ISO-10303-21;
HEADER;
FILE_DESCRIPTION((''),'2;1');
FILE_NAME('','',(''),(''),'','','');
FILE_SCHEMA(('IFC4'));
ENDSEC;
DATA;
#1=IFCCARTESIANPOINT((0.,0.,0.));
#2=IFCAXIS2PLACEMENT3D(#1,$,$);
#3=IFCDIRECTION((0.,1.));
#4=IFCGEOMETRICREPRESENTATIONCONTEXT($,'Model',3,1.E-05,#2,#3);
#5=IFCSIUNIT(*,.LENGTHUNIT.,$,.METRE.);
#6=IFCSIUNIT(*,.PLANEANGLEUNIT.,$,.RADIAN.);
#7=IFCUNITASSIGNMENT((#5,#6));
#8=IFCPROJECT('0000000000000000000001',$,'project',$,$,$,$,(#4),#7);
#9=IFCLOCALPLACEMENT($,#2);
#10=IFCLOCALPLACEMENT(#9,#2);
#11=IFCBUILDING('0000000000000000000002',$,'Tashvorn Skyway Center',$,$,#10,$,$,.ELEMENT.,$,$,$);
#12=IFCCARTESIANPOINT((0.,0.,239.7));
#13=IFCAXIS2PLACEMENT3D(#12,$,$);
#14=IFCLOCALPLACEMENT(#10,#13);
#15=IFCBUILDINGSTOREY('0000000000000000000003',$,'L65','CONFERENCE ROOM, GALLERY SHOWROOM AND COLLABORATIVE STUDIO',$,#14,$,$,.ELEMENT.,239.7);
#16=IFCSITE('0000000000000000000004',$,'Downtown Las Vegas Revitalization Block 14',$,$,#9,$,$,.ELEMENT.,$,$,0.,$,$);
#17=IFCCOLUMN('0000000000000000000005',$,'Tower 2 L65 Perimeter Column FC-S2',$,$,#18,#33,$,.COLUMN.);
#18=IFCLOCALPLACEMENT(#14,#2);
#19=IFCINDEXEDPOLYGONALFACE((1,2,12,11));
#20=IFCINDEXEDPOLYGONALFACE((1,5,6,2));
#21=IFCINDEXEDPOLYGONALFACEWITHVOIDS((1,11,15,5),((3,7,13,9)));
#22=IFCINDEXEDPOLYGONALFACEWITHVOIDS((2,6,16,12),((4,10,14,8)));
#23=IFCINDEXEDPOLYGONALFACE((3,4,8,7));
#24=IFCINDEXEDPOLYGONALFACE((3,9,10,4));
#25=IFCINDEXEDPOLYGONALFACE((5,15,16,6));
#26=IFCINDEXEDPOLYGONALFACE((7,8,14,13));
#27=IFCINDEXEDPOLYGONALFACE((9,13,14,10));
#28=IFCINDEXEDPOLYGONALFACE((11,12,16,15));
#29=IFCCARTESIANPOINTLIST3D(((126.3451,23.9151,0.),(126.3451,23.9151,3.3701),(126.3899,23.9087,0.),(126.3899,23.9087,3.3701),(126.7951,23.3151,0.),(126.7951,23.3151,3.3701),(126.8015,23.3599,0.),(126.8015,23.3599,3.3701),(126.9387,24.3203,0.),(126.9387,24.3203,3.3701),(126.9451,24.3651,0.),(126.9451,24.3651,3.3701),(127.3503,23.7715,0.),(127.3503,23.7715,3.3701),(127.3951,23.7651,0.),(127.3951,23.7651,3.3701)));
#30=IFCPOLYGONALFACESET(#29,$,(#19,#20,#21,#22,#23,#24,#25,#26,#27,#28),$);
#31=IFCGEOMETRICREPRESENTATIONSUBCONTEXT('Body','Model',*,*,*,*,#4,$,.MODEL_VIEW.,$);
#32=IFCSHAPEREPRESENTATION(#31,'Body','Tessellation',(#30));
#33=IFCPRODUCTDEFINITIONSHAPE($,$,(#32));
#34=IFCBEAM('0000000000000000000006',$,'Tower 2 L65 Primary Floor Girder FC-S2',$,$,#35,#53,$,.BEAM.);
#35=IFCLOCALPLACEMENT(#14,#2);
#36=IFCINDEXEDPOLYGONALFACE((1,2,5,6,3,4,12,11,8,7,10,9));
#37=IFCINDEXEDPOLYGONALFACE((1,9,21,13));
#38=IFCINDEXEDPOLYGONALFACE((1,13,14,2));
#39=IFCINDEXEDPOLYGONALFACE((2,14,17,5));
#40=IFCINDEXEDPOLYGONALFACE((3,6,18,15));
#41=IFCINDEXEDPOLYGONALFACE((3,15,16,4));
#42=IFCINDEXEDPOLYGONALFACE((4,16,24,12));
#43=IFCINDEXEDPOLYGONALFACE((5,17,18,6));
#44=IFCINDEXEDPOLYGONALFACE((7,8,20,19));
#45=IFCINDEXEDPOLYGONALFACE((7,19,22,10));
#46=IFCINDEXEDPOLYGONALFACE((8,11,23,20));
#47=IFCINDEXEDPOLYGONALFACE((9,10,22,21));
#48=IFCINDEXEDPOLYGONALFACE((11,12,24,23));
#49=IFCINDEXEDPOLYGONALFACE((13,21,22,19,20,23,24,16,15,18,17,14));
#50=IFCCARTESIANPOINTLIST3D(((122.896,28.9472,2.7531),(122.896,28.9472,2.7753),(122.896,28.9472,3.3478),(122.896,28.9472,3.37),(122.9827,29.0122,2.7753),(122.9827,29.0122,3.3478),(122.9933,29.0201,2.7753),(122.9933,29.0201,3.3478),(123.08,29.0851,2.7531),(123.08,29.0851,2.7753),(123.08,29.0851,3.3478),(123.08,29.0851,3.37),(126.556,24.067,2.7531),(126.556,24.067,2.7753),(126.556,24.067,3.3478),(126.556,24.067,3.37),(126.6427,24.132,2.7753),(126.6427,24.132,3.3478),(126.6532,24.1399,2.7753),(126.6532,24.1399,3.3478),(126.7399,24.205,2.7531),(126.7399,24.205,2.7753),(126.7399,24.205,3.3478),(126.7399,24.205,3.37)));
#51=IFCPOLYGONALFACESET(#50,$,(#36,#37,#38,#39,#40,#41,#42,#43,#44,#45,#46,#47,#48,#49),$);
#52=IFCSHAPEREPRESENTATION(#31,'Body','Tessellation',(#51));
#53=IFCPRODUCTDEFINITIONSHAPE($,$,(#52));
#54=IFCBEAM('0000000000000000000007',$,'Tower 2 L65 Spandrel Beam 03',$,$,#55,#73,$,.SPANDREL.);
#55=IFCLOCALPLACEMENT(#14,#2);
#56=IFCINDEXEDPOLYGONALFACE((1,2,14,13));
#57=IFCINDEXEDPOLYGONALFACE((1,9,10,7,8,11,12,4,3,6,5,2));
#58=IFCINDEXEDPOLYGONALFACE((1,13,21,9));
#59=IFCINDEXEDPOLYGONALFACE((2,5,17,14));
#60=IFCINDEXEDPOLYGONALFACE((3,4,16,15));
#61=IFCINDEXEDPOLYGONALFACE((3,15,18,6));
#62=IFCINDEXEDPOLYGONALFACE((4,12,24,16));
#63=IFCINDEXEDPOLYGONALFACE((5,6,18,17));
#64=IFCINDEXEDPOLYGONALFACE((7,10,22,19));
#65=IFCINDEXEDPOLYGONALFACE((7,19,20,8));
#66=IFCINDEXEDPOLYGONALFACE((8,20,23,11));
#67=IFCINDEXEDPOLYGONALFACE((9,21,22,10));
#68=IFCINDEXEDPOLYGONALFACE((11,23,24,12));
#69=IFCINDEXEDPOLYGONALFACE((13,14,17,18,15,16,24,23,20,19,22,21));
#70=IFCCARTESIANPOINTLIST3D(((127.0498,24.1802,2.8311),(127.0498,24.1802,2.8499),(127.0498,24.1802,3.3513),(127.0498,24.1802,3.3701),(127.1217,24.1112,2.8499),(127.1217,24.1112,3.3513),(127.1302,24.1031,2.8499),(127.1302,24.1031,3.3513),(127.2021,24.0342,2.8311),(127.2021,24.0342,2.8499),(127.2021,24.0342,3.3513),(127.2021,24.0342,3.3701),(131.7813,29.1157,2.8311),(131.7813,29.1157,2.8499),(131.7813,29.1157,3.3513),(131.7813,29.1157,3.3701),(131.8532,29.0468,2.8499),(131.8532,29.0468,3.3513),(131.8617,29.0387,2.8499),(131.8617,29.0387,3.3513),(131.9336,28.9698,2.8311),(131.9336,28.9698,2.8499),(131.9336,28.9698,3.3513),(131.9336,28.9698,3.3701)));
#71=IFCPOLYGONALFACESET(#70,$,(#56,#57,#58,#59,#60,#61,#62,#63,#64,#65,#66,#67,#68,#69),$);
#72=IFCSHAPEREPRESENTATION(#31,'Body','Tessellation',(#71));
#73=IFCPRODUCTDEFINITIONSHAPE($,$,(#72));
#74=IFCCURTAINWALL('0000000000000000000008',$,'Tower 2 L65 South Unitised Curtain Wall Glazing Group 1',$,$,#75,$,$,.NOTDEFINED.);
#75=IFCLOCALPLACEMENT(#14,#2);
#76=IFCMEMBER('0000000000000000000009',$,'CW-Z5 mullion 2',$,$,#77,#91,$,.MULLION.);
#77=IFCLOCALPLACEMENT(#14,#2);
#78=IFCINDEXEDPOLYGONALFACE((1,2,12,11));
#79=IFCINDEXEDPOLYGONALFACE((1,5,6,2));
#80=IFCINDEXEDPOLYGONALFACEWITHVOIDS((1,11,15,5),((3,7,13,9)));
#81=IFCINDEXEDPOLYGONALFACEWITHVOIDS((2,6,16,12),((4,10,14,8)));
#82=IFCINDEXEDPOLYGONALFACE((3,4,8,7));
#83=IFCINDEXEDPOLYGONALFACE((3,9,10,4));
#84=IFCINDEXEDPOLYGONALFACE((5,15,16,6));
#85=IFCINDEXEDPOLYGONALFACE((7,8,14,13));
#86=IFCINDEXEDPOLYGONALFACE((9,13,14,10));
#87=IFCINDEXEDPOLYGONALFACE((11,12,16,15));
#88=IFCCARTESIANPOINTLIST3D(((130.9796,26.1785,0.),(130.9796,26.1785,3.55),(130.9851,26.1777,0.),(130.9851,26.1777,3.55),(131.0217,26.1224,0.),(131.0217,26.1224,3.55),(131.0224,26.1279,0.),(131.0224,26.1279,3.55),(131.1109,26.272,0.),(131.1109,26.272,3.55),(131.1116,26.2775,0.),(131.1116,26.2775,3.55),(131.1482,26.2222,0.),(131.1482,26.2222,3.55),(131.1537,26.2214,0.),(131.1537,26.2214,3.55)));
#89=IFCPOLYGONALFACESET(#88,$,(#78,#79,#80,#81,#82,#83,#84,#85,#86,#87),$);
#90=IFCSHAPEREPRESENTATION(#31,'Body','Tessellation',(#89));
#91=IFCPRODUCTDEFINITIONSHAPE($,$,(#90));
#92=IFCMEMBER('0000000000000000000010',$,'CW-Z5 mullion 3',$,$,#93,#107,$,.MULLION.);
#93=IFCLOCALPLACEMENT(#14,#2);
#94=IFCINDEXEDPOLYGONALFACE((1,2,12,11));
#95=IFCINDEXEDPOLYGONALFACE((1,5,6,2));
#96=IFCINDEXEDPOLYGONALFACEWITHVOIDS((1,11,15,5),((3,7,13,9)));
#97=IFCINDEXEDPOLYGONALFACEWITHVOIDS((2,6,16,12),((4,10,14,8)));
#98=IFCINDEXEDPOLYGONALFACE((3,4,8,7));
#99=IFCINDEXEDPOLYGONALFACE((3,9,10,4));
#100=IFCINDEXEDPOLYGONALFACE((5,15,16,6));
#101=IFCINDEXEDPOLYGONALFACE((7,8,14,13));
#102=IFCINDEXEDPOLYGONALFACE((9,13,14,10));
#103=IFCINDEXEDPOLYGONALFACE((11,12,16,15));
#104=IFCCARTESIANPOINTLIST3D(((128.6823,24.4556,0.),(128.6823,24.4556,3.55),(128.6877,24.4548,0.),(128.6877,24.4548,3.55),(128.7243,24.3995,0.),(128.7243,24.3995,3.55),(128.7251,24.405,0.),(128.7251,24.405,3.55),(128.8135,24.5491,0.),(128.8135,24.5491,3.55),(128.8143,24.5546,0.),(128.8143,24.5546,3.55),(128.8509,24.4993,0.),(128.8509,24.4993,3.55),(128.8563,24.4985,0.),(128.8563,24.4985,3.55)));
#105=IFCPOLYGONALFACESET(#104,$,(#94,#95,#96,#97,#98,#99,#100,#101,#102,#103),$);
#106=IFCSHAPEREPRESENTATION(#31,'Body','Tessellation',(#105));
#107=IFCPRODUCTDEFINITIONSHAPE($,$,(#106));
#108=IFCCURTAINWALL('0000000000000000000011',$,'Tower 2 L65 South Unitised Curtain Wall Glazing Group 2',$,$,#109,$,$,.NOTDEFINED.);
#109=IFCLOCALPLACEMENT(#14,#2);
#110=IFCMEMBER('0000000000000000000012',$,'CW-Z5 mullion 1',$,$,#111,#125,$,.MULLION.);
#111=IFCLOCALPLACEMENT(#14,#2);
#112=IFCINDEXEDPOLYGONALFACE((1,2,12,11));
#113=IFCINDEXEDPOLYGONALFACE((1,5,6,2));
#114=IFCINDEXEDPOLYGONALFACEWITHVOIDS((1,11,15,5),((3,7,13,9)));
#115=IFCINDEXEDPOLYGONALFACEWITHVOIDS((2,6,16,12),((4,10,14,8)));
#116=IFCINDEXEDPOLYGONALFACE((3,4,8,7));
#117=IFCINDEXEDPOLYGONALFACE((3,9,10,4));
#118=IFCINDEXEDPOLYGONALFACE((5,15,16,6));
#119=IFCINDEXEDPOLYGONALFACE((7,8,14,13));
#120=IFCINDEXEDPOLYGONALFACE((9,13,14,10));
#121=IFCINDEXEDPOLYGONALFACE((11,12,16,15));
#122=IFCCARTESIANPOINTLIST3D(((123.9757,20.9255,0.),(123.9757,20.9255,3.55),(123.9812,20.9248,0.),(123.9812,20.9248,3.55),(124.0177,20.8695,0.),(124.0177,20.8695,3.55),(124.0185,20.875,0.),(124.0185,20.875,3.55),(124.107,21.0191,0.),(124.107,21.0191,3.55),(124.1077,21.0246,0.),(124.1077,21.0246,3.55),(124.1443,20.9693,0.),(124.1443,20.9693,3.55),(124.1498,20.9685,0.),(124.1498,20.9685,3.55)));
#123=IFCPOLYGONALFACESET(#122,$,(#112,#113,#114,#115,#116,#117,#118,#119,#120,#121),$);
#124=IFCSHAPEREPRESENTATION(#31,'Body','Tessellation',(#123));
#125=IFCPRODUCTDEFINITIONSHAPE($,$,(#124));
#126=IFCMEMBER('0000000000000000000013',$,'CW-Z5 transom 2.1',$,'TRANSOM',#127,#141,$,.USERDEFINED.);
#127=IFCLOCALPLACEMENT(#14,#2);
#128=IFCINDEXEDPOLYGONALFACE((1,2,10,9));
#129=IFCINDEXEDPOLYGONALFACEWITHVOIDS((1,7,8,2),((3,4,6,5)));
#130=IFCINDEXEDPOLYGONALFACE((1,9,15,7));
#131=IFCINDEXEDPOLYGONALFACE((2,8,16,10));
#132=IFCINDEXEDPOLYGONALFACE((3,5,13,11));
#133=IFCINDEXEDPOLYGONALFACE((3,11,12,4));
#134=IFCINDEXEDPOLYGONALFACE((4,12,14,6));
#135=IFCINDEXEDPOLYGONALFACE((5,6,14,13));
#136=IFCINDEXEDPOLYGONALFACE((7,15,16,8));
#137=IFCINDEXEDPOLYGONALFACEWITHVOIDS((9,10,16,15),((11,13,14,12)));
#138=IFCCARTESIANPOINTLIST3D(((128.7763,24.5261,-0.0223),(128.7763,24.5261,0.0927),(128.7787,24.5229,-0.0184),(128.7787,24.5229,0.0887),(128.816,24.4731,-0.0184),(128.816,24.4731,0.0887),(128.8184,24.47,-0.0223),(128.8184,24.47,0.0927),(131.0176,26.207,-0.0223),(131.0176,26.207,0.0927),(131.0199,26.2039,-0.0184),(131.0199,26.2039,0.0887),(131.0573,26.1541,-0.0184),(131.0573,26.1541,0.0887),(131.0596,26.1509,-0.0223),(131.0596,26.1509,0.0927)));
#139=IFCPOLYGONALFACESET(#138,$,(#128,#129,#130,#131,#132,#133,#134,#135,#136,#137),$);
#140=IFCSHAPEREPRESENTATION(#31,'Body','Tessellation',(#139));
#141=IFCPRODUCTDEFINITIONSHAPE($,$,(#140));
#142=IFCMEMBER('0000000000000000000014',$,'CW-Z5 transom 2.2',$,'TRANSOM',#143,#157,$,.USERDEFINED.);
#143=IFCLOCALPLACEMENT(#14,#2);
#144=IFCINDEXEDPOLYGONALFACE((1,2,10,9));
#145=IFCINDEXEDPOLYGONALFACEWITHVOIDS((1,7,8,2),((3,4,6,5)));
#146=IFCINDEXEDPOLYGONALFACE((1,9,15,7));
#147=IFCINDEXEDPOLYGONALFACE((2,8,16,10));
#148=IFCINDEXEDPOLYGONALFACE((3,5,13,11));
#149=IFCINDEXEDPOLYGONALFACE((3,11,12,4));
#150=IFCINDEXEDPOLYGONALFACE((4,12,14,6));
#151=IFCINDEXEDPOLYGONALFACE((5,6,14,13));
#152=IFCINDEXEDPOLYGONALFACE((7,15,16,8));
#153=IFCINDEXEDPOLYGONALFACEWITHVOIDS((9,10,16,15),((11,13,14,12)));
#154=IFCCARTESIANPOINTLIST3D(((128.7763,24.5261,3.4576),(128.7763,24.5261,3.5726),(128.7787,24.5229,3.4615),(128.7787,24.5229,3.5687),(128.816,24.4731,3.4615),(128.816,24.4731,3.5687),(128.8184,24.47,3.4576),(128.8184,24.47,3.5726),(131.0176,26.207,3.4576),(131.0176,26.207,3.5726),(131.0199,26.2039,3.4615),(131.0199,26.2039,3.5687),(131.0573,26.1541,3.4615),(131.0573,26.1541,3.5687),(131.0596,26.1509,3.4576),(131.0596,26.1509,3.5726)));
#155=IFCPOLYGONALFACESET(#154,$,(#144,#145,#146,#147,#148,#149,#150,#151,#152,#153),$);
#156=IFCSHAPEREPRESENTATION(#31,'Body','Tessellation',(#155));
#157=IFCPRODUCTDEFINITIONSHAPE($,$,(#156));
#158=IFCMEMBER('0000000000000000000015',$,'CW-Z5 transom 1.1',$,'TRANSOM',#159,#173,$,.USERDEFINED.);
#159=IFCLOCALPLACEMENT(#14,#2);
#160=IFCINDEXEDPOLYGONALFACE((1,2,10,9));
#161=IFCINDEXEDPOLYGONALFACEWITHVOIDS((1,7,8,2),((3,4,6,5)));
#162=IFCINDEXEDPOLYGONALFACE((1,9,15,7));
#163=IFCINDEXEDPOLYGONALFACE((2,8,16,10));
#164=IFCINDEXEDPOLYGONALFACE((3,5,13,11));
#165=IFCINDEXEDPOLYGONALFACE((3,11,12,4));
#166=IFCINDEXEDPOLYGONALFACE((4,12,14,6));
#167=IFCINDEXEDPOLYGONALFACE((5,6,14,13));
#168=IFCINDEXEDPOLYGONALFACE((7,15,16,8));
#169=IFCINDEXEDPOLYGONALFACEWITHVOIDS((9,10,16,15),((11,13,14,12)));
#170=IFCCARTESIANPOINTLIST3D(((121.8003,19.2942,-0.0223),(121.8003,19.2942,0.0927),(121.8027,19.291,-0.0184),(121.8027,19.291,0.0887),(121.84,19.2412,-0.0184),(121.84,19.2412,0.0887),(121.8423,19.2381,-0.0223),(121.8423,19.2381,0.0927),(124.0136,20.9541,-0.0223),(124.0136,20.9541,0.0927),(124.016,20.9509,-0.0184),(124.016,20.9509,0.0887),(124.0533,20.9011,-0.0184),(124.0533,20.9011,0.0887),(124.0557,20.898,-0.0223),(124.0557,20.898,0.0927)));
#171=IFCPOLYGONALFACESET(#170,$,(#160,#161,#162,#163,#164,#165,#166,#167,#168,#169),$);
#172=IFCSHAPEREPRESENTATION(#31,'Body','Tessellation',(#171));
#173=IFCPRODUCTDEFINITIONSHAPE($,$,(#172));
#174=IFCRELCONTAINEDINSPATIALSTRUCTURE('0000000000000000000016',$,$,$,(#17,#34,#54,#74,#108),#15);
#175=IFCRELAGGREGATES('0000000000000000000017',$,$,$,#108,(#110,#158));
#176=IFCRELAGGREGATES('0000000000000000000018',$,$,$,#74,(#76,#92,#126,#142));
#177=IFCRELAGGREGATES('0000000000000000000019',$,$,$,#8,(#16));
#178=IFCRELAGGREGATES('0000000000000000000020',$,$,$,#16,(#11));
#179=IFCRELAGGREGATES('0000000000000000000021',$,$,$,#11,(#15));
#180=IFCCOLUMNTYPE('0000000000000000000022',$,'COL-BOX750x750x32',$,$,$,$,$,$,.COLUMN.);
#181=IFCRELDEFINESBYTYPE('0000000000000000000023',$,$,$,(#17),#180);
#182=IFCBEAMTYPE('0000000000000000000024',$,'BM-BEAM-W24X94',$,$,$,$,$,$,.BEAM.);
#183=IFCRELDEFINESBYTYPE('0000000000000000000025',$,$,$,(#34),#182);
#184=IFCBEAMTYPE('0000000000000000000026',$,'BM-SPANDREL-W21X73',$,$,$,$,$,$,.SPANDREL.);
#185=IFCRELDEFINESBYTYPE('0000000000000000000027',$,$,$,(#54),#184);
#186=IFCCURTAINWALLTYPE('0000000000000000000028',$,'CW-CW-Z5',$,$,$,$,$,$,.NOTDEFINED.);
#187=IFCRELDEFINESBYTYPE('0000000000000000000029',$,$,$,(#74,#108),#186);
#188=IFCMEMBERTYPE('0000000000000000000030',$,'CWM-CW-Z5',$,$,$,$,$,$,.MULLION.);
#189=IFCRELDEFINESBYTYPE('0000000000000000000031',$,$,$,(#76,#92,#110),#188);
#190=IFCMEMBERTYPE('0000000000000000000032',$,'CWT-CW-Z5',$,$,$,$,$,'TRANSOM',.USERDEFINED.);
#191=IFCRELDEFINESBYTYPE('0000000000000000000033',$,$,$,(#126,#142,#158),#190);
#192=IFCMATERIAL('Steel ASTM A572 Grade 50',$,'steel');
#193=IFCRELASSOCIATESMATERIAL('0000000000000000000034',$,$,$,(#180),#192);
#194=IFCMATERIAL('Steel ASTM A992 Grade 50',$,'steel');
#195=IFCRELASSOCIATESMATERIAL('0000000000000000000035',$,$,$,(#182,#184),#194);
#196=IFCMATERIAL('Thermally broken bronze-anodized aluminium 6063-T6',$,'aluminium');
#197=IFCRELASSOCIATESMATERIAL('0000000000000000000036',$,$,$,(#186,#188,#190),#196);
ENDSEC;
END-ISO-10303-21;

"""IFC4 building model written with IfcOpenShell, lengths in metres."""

from ifc_helpers import new_model, si_unit, direction, frame, origin, origin_2d, place, context, subcontext, project, spatial, hollow_rectangle, i_section, extrude, material, material_profile, profile_set, type_object, element, aggregate, save


model = new_model("IFC4")

# Units and contexts
model_context = context("Model", 3, precision=1e-05, world=origin(), true_north=direction((0.0, 1.0)))
body_context = subcontext(model_context, "Body", "Model", "MODEL_VIEW")
ifc_project = project(units=[si_unit("LENGTHUNIT", "METRE"), si_unit("PLANEANGLEUNIT", "RADIAN")], contexts=[model_context])

# Site, building, storey
site_placement = place(None, origin())
site = spatial("IfcSite", under=ifc_project, at=site_placement, Name="Downtown Las Vegas Revitalization Block 14", CompositionType="ELEMENT", RefElevation=0.0)
building_placement = place(site_placement, origin())
building = spatial("IfcBuilding", under=site, at=building_placement, Name="Tashvorn Skyway Center", CompositionType="ELEMENT")
storey_placement = place(building_placement, frame((0.0, 0.0, 239.7)))
storey = spatial("IfcBuildingStorey", under=building, at=storey_placement, Name="L65", Description="CONFERENCE ROOM, GALLERY SHOWROOM AND COLLABORATIVE STUDIO", CompositionType="ELEMENT", Elevation=239.7)

# Column
ifc_material_1 = material(Name="Steel ASTM A572 Grade 50", Category="steel")
ifc_material_profile_1 = material_profile(ifc_material_1, hollow_rectangle(XDim=0.75, YDim=0.75, WallThickness=0.032, at=origin_2d()), Name="BOX750x750x32")
ifc_profile_set_1 = profile_set([ifc_material_profile_1], Name="Steel ASTM A572 Grade 50")
column_type = type_object("IfcColumnType", Name="COL-BOX750x750x32", PredefinedType="COLUMN", material=ifc_profile_set_1)
column_placement = place(storey_placement, frame((126.8701, 23.8401, 0.0), z_axis=(0.0, 0.0, 1.0), x_axis=(0.8, 0.6, 0.0)))
element("IfcColumn", 1, at=column_placement, inside=storey, type_object=column_type, Name="Tower 2 L65 Perimeter Column FC-S2", PredefinedType="COLUMN", context=body_context, shape_type="SweptSolid", body=[
    extrude(hollow_rectangle(XDim=0.75, YDim=0.75, WallThickness=0.032, at=origin_2d()), origin(), (0.0, 0.0, 1.0), 3.3701),
])

# Beams
ifc_material_2 = material(Name="Steel ASTM A992 Grade 50", Category="steel")
ifc_material_profile_2 = material_profile(ifc_material_2, i_section(OverallWidth=0.23, OverallDepth=0.6169, WebThickness=0.0132, FlangeThickness=0.0222, at=origin_2d()), Name="W24X94")
ifc_profile_set_2 = profile_set([ifc_material_profile_2], Name="Steel ASTM A992 Grade 50")
beam_type_1 = type_object("IfcBeamType", Name="BM-BEAM-W24X94", PredefinedType="BEAM", material=ifc_profile_set_2)
beam_1_placement = place(storey_placement, frame((126.6479, 24.136, 3.0615), z_axis=(-0.599981, 0.800014, 0.0), x_axis=(-0.800014, -0.599981, 0.0)))
element("IfcBeam", 2, at=beam_1_placement, inside=storey, type_object=beam_type_1, Name="Tower 2 L65 Primary Floor Girder FC-S2", PredefinedType="BEAM", context=body_context, shape_type="SweptSolid", body=[
    extrude(i_section(OverallWidth=0.23, OverallDepth=0.6169, WebThickness=0.0132, FlangeThickness=0.0222, at=origin_2d()), origin(), (0.0, 0.0, 1.0), 6.1001),
])
ifc_material_profile_3 = material_profile(ifc_material_2, i_section(OverallWidth=0.2109, OverallDepth=0.5391, WebThickness=0.0117, FlangeThickness=0.0188, at=origin_2d()), Name="W21X73")
ifc_profile_set_3 = profile_set([ifc_material_profile_3], Name="Steel ASTM A992 Grade 50")
beam_type_2 = type_object("IfcBeamType", Name="BM-SPANDREL-W21X73", PredefinedType="SPANDREL", material=ifc_profile_set_3)
beam_2_placement = place(storey_placement, frame((127.126, 24.1072, 3.1006), z_axis=(0.692023, 0.721875, 0.0), x_axis=(-0.721875, 0.692023, 0.0)))
element("IfcBeam", 3, at=beam_2_placement, inside=storey, type_object=beam_type_2, Name="Tower 2 L65 Spandrel Beam 03", PredefinedType="SPANDREL", context=body_context, shape_type="SweptSolid", body=[
    extrude(i_section(OverallWidth=0.2109, OverallDepth=0.5391, WebThickness=0.0117, FlangeThickness=0.0188, at=origin_2d()), origin(), (0.0, 0.0, 1.0), 6.8372),
])

# Curtain wall, members
ifc_material_3 = material(Name="Thermally broken bronze-anodized aluminium 6063-T6", Category="aluminium")
curtain_wall_type = type_object("IfcCurtainWallType", Name="CW-CW-Z5", PredefinedType="NOTDEFINED", material=ifc_material_3)
curtain_wall_1_placement = place(storey_placement, origin())
curtain_wall_1 = element("IfcCurtainWall", 4, at=curtain_wall_1_placement, inside=storey, type_object=curtain_wall_type, Name="Tower 2 L65 South Unitised Curtain Wall Glazing Group 1", PredefinedType="NOTDEFINED")
ifc_material_profile_4 = material_profile(ifc_material_3, hollow_rectangle(XDim=0.0701, YDim=0.165, WallThickness=0.0039, at=origin_2d()), Name="ALU-MULL-70x165")
ifc_profile_set_4 = profile_set([ifc_material_profile_4], Name="Thermally broken bronze-anodized aluminium 6063-T6")
member_type_1 = type_object("IfcMemberType", Name="CWM-CW-Z5", PredefinedType="MULLION", material=ifc_profile_set_4)
member_1_placement = place(storey_placement, frame((131.0667, 26.2, 0.0), z_axis=(0.0, 0.0, 1.0), x_axis=(0.599997, -0.800002, 0.0)))
member_1 = element("IfcMember", 5, at=member_1_placement, type_object=member_type_1, Name="CW-Z5 mullion 2", PredefinedType="MULLION", context=body_context, shape_type="SweptSolid", body=[
    extrude(hollow_rectangle(XDim=0.0701, YDim=0.165, WallThickness=0.0039, at=origin_2d()), origin(), (0.0, 0.0, 1.0), 3.55),
])
member_2_placement = place(storey_placement, frame((128.7693, 24.4771, 0.0), z_axis=(0.0, 0.0, 1.0), x_axis=(0.599997, -0.800002, 0.0)))
member_2 = element("IfcMember", 6, at=member_2_placement, type_object=member_type_1, Name="CW-Z5 mullion 3", PredefinedType="MULLION", context=body_context, shape_type="SweptSolid", body=[
    extrude(hollow_rectangle(XDim=0.0701, YDim=0.165, WallThickness=0.0039, at=origin_2d()), origin(), (0.0, 0.0, 1.0), 3.55),
])

# Curtain wall, member
curtain_wall_2_placement = place(storey_placement, origin())
curtain_wall_2 = element("IfcCurtainWall", 7, at=curtain_wall_2_placement, inside=storey, type_object=curtain_wall_type, Name="Tower 2 L65 South Unitised Curtain Wall Glazing Group 2", PredefinedType="NOTDEFINED")
member_3_placement = place(storey_placement, frame((124.0627, 20.947, 0.0), z_axis=(0.0, 0.0, 1.0), x_axis=(0.599989, -0.800008, 0.0)))
member_3 = element("IfcMember", 8, at=member_3_placement, type_object=member_type_1, Name="CW-Z5 mullion 1", PredefinedType="MULLION", context=body_context, shape_type="SweptSolid", body=[
    extrude(hollow_rectangle(XDim=0.0701, YDim=0.165, WallThickness=0.0039, at=origin_2d()), origin(), (0.0, 0.0, 1.0), 3.55),
])

# Members
ifc_material_profile_5 = material_profile(ifc_material_3, hollow_rectangle(XDim=0.0701, YDim=0.115, WallThickness=0.0039, at=origin_2d()), Name="ALU-TRAN-70x115")
ifc_profile_set_5 = profile_set([ifc_material_profile_5], Name="Thermally broken bronze-anodized aluminium 6063-T6")
member_type_2 = type_object("IfcMemberType", Name="CWT-CW-Z5", ElementType="TRANSOM", PredefinedType="USERDEFINED", material=ifc_profile_set_5)
member_4_placement = place(storey_placement, frame((131.0386, 26.179, 0.0352), z_axis=(-0.8, -0.6, 0.0), x_axis=(0.6, -0.8, 0.0)))
member_4 = element("IfcMember", 9, at=member_4_placement, type_object=member_type_2, Name="CW-Z5 transom 2.1", ObjectType="TRANSOM", PredefinedType="USERDEFINED", context=body_context, shape_type="SweptSolid", body=[
    extrude(hollow_rectangle(XDim=0.0701, YDim=0.115, WallThickness=0.0039, at=origin_2d()), origin(), (0.0, 0.0, 1.0), 2.8015),
])
member_5_placement = place(storey_placement, frame((131.0386, 26.179, 3.5151), z_axis=(-0.8, -0.6, 0.0), x_axis=(0.6, -0.8, 0.0)))
member_5 = element("IfcMember", 10, at=member_5_placement, type_object=member_type_2, Name="CW-Z5 transom 2.2", ObjectType="TRANSOM", PredefinedType="USERDEFINED", context=body_context, shape_type="SweptSolid", body=[
    extrude(hollow_rectangle(XDim=0.0701, YDim=0.115, WallThickness=0.0039, at=origin_2d()), origin(), (0.0, 0.0, 1.0), 2.8015),
])
member_6_placement = place(storey_placement, frame((124.0347, 20.926, 0.0352), z_axis=(-0.800021, -0.599972, 0.0), x_axis=(0.599972, -0.800021, 0.0)))
member_6 = element("IfcMember", 11, at=member_6_placement, type_object=member_type_2, Name="CW-Z5 transom 1.1", ObjectType="TRANSOM", PredefinedType="USERDEFINED", context=body_context, shape_type="SweptSolid", body=[
    extrude(hollow_rectangle(XDim=0.0701, YDim=0.115, WallThickness=0.0039, at=origin_2d()), origin(), (0.0, 0.0, 1.0), 2.7666),
])
aggregate(curtain_wall_2, [member_3, member_6])

aggregate(curtain_wall_1, [member_1, member_2, member_4, member_5])

save(model, "model.ifc")
